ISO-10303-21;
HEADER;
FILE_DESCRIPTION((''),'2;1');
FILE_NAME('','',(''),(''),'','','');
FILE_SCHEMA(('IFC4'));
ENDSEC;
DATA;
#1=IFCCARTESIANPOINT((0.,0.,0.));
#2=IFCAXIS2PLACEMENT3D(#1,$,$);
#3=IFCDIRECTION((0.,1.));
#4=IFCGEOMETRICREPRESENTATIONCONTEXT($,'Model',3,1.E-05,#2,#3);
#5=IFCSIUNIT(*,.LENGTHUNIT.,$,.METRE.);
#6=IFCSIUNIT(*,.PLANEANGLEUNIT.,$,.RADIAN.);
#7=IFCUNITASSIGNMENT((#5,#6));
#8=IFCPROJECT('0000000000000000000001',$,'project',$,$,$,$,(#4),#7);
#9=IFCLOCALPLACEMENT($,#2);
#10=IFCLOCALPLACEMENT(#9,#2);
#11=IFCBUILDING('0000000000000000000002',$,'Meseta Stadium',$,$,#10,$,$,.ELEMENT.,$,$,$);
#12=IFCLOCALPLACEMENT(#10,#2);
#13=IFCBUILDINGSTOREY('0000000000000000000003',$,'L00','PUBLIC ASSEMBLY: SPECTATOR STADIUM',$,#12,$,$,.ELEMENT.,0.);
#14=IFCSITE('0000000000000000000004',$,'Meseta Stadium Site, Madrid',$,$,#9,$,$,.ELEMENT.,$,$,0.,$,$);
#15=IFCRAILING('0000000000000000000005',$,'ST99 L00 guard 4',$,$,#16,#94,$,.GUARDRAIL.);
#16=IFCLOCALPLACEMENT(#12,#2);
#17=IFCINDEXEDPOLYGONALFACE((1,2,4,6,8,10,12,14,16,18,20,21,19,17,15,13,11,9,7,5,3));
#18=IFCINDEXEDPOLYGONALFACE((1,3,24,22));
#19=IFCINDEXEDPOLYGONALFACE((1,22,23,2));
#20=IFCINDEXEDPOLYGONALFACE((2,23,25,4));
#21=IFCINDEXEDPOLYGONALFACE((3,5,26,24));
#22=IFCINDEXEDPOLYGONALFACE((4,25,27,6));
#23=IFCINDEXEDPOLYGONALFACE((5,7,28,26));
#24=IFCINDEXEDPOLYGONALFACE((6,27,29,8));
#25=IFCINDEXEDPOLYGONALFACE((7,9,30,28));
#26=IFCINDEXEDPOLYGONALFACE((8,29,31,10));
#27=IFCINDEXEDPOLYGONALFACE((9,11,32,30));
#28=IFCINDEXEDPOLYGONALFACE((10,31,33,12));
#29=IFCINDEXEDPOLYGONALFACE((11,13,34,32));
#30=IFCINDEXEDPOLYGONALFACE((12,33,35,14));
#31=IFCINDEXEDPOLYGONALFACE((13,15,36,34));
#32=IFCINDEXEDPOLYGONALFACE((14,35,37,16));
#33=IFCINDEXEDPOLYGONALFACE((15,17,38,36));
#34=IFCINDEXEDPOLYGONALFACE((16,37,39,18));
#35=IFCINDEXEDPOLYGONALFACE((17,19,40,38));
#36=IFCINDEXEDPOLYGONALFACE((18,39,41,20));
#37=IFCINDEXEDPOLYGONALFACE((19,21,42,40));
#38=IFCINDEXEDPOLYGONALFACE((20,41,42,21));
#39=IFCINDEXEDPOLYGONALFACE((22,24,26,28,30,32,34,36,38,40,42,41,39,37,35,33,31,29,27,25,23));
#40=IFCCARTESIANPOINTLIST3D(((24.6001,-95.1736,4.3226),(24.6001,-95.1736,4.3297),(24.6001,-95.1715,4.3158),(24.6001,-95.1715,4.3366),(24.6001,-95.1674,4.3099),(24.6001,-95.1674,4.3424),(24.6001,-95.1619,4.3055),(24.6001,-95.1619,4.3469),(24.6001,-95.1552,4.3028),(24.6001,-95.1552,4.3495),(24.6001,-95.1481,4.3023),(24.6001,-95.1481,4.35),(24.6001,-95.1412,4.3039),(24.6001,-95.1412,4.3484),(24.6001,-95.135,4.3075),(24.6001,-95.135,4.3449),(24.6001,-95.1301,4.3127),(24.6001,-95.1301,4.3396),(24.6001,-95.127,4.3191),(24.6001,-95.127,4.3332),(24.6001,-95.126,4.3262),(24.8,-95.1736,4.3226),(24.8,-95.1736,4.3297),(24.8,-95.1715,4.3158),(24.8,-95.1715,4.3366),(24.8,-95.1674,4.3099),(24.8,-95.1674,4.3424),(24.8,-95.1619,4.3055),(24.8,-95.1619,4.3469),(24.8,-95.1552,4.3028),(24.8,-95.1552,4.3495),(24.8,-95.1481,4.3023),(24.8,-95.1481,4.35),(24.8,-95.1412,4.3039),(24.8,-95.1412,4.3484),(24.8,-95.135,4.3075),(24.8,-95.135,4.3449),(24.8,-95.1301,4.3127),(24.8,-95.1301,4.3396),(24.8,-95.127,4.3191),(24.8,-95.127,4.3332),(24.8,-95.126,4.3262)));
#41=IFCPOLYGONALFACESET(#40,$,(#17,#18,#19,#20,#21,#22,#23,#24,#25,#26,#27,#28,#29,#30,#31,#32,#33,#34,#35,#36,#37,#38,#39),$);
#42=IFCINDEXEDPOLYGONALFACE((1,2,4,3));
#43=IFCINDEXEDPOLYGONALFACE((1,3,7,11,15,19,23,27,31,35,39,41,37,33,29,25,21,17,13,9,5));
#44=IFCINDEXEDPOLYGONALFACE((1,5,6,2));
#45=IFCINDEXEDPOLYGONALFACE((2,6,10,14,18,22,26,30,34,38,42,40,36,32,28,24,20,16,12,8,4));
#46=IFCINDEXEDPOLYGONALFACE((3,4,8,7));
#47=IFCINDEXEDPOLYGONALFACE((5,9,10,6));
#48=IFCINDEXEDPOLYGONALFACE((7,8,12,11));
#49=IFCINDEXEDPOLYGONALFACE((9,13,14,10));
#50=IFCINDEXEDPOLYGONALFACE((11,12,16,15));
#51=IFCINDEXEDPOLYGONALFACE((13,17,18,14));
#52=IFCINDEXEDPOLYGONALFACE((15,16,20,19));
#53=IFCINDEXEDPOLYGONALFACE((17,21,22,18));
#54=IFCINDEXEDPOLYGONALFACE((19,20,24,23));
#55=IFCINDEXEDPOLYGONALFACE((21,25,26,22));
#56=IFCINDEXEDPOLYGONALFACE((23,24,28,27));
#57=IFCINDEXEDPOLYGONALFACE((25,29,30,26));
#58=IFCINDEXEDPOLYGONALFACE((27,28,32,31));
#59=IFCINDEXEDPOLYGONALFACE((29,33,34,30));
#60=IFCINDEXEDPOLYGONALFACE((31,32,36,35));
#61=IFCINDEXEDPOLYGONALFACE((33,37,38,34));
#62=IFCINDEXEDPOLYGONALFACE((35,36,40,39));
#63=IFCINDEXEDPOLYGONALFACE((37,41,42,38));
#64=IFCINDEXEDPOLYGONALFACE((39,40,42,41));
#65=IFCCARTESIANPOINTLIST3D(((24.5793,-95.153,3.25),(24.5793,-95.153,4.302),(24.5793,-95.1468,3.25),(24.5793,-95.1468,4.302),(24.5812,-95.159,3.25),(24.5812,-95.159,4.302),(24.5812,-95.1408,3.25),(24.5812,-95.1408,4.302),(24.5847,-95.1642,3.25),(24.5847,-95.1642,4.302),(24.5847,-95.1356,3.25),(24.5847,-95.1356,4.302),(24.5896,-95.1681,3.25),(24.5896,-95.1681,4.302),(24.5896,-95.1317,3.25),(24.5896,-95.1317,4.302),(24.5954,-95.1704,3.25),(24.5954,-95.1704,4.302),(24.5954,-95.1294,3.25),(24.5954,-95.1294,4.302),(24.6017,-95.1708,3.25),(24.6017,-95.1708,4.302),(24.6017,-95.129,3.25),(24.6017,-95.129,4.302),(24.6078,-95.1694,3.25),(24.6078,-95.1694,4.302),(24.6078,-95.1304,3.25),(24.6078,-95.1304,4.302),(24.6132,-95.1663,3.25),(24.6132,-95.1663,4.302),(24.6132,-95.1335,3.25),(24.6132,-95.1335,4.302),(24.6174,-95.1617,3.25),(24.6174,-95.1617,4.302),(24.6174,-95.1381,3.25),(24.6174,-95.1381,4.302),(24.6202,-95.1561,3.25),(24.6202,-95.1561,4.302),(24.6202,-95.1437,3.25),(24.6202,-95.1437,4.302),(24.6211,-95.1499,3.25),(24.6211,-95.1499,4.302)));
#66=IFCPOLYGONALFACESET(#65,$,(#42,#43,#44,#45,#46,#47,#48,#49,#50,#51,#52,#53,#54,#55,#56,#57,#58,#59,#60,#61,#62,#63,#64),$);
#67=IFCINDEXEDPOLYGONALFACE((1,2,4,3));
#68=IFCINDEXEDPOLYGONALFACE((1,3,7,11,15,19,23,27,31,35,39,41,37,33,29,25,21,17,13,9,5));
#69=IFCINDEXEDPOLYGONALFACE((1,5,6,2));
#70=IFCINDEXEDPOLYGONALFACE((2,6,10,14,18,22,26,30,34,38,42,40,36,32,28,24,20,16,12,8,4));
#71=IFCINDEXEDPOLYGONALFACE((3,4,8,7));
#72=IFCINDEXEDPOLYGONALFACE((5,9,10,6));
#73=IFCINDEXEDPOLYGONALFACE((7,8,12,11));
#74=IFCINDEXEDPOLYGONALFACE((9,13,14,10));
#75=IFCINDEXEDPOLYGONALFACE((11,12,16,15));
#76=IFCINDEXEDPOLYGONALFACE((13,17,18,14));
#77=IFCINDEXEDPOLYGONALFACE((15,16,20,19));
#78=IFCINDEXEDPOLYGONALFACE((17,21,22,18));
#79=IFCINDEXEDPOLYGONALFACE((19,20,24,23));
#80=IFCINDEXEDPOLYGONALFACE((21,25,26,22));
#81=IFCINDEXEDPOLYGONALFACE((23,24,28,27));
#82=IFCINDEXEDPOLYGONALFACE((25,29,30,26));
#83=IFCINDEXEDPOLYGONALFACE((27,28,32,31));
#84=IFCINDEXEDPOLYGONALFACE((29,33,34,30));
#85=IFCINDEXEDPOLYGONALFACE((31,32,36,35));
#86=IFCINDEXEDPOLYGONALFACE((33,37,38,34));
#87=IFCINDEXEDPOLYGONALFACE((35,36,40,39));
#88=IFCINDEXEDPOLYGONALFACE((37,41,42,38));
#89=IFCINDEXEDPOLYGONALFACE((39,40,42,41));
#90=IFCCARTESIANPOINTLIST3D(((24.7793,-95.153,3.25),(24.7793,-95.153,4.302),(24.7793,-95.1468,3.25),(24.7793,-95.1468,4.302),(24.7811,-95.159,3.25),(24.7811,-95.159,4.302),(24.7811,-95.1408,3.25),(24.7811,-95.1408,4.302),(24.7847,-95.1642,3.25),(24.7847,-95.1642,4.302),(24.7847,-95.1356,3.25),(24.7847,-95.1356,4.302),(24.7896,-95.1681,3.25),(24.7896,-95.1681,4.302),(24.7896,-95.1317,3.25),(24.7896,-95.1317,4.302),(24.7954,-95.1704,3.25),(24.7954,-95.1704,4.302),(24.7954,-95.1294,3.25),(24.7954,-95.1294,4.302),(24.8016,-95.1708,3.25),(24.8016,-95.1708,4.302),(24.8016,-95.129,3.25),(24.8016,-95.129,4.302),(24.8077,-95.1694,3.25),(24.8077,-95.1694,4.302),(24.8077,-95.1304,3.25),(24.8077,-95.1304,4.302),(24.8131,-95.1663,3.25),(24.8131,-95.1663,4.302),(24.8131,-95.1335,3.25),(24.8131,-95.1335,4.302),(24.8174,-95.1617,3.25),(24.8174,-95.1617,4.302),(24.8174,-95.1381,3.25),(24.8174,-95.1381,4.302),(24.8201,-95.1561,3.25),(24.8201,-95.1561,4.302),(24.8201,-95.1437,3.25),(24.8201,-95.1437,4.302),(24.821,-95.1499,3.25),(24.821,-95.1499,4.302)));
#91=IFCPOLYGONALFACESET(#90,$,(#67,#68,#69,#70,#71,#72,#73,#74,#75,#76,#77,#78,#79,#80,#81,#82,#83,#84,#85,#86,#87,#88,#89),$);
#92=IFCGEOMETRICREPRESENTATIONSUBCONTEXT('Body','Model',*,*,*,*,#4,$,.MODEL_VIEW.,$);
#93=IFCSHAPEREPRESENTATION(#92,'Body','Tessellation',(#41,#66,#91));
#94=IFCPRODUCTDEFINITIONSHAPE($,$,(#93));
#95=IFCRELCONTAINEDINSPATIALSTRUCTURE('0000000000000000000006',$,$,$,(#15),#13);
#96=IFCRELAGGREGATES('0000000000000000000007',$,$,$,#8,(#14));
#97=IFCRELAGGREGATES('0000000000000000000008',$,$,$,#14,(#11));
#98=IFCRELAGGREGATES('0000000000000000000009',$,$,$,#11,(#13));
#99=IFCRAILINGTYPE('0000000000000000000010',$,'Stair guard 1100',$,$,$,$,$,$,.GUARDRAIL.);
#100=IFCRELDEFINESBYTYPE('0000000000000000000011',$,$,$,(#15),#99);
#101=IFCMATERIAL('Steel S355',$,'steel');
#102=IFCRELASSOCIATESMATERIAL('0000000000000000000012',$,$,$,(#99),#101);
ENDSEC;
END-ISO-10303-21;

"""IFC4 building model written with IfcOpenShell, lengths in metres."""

from ifc_helpers import new_model, si_unit, direction, frame, origin, origin_2d, place, context, subcontext, project, spatial, circle, extrude, material, type_object, element, save


model = new_model("IFC4")

# Units and contexts
model_context = context("Model", 3, precision=1e-05, world=origin(), true_north=direction((0.0, 1.0)))
body_context = subcontext(model_context, "Body", "Model", "MODEL_VIEW")
ifc_project = project(units=[si_unit("LENGTHUNIT", "METRE"), si_unit("PLANEANGLEUNIT", "RADIAN")], contexts=[model_context])

# Site, building, storey
site_placement = place(None, origin())
site = spatial("IfcSite", under=ifc_project, at=site_placement, Name="Meseta Stadium Site, Madrid", CompositionType="ELEMENT", RefElevation=0.0)
building_placement = place(site_placement, origin())
building = spatial("IfcBuilding", under=site, at=building_placement, Name="Meseta Stadium", CompositionType="ELEMENT")
storey_placement = place(building_placement, origin())
storey = spatial("IfcBuildingStorey", under=building, at=storey_placement, Name="L00", Description="PUBLIC ASSEMBLY: SPECTATOR STADIUM", CompositionType="ELEMENT", Elevation=0.0)

# Railing
ifc_material_1 = material(Name="Steel S355", Category="steel")
railing_type_1 = type_object("IfcRailingType", Name="Stair guard 1100", PredefinedType="GUARDRAIL", material=ifc_material_1)
railing_1_placement = place(storey_placement, frame((24.6001, -95.1499, 3.25)))
element("IfcRailing", 1, at=railing_1_placement, inside=storey, type_object=railing_type_1, Name="ST99 L00 guard 4", PredefinedType="GUARDRAIL", context=body_context, shape_type="SweptSolid", body=[
    extrude(circle(Radius=0.0239, at=origin_2d()), frame((0.0, 0.0, 1.0762), z_axis=(1.0, 0.0, 0.0), x_axis=(0.0, 1.0, 0.0)), (0.0, 0.0, 1.0), 0.2),
    extrude(circle(Radius=0.021, at=origin_2d()), origin(), (0.0, 0.0, 1.0), 1.052),
    extrude(circle(Radius=0.021, at=origin_2d()), frame((0.2, 0.0, 0.0)), (0.0, 0.0, 1.0), 1.052),
])

save(model, "model.ifc")
